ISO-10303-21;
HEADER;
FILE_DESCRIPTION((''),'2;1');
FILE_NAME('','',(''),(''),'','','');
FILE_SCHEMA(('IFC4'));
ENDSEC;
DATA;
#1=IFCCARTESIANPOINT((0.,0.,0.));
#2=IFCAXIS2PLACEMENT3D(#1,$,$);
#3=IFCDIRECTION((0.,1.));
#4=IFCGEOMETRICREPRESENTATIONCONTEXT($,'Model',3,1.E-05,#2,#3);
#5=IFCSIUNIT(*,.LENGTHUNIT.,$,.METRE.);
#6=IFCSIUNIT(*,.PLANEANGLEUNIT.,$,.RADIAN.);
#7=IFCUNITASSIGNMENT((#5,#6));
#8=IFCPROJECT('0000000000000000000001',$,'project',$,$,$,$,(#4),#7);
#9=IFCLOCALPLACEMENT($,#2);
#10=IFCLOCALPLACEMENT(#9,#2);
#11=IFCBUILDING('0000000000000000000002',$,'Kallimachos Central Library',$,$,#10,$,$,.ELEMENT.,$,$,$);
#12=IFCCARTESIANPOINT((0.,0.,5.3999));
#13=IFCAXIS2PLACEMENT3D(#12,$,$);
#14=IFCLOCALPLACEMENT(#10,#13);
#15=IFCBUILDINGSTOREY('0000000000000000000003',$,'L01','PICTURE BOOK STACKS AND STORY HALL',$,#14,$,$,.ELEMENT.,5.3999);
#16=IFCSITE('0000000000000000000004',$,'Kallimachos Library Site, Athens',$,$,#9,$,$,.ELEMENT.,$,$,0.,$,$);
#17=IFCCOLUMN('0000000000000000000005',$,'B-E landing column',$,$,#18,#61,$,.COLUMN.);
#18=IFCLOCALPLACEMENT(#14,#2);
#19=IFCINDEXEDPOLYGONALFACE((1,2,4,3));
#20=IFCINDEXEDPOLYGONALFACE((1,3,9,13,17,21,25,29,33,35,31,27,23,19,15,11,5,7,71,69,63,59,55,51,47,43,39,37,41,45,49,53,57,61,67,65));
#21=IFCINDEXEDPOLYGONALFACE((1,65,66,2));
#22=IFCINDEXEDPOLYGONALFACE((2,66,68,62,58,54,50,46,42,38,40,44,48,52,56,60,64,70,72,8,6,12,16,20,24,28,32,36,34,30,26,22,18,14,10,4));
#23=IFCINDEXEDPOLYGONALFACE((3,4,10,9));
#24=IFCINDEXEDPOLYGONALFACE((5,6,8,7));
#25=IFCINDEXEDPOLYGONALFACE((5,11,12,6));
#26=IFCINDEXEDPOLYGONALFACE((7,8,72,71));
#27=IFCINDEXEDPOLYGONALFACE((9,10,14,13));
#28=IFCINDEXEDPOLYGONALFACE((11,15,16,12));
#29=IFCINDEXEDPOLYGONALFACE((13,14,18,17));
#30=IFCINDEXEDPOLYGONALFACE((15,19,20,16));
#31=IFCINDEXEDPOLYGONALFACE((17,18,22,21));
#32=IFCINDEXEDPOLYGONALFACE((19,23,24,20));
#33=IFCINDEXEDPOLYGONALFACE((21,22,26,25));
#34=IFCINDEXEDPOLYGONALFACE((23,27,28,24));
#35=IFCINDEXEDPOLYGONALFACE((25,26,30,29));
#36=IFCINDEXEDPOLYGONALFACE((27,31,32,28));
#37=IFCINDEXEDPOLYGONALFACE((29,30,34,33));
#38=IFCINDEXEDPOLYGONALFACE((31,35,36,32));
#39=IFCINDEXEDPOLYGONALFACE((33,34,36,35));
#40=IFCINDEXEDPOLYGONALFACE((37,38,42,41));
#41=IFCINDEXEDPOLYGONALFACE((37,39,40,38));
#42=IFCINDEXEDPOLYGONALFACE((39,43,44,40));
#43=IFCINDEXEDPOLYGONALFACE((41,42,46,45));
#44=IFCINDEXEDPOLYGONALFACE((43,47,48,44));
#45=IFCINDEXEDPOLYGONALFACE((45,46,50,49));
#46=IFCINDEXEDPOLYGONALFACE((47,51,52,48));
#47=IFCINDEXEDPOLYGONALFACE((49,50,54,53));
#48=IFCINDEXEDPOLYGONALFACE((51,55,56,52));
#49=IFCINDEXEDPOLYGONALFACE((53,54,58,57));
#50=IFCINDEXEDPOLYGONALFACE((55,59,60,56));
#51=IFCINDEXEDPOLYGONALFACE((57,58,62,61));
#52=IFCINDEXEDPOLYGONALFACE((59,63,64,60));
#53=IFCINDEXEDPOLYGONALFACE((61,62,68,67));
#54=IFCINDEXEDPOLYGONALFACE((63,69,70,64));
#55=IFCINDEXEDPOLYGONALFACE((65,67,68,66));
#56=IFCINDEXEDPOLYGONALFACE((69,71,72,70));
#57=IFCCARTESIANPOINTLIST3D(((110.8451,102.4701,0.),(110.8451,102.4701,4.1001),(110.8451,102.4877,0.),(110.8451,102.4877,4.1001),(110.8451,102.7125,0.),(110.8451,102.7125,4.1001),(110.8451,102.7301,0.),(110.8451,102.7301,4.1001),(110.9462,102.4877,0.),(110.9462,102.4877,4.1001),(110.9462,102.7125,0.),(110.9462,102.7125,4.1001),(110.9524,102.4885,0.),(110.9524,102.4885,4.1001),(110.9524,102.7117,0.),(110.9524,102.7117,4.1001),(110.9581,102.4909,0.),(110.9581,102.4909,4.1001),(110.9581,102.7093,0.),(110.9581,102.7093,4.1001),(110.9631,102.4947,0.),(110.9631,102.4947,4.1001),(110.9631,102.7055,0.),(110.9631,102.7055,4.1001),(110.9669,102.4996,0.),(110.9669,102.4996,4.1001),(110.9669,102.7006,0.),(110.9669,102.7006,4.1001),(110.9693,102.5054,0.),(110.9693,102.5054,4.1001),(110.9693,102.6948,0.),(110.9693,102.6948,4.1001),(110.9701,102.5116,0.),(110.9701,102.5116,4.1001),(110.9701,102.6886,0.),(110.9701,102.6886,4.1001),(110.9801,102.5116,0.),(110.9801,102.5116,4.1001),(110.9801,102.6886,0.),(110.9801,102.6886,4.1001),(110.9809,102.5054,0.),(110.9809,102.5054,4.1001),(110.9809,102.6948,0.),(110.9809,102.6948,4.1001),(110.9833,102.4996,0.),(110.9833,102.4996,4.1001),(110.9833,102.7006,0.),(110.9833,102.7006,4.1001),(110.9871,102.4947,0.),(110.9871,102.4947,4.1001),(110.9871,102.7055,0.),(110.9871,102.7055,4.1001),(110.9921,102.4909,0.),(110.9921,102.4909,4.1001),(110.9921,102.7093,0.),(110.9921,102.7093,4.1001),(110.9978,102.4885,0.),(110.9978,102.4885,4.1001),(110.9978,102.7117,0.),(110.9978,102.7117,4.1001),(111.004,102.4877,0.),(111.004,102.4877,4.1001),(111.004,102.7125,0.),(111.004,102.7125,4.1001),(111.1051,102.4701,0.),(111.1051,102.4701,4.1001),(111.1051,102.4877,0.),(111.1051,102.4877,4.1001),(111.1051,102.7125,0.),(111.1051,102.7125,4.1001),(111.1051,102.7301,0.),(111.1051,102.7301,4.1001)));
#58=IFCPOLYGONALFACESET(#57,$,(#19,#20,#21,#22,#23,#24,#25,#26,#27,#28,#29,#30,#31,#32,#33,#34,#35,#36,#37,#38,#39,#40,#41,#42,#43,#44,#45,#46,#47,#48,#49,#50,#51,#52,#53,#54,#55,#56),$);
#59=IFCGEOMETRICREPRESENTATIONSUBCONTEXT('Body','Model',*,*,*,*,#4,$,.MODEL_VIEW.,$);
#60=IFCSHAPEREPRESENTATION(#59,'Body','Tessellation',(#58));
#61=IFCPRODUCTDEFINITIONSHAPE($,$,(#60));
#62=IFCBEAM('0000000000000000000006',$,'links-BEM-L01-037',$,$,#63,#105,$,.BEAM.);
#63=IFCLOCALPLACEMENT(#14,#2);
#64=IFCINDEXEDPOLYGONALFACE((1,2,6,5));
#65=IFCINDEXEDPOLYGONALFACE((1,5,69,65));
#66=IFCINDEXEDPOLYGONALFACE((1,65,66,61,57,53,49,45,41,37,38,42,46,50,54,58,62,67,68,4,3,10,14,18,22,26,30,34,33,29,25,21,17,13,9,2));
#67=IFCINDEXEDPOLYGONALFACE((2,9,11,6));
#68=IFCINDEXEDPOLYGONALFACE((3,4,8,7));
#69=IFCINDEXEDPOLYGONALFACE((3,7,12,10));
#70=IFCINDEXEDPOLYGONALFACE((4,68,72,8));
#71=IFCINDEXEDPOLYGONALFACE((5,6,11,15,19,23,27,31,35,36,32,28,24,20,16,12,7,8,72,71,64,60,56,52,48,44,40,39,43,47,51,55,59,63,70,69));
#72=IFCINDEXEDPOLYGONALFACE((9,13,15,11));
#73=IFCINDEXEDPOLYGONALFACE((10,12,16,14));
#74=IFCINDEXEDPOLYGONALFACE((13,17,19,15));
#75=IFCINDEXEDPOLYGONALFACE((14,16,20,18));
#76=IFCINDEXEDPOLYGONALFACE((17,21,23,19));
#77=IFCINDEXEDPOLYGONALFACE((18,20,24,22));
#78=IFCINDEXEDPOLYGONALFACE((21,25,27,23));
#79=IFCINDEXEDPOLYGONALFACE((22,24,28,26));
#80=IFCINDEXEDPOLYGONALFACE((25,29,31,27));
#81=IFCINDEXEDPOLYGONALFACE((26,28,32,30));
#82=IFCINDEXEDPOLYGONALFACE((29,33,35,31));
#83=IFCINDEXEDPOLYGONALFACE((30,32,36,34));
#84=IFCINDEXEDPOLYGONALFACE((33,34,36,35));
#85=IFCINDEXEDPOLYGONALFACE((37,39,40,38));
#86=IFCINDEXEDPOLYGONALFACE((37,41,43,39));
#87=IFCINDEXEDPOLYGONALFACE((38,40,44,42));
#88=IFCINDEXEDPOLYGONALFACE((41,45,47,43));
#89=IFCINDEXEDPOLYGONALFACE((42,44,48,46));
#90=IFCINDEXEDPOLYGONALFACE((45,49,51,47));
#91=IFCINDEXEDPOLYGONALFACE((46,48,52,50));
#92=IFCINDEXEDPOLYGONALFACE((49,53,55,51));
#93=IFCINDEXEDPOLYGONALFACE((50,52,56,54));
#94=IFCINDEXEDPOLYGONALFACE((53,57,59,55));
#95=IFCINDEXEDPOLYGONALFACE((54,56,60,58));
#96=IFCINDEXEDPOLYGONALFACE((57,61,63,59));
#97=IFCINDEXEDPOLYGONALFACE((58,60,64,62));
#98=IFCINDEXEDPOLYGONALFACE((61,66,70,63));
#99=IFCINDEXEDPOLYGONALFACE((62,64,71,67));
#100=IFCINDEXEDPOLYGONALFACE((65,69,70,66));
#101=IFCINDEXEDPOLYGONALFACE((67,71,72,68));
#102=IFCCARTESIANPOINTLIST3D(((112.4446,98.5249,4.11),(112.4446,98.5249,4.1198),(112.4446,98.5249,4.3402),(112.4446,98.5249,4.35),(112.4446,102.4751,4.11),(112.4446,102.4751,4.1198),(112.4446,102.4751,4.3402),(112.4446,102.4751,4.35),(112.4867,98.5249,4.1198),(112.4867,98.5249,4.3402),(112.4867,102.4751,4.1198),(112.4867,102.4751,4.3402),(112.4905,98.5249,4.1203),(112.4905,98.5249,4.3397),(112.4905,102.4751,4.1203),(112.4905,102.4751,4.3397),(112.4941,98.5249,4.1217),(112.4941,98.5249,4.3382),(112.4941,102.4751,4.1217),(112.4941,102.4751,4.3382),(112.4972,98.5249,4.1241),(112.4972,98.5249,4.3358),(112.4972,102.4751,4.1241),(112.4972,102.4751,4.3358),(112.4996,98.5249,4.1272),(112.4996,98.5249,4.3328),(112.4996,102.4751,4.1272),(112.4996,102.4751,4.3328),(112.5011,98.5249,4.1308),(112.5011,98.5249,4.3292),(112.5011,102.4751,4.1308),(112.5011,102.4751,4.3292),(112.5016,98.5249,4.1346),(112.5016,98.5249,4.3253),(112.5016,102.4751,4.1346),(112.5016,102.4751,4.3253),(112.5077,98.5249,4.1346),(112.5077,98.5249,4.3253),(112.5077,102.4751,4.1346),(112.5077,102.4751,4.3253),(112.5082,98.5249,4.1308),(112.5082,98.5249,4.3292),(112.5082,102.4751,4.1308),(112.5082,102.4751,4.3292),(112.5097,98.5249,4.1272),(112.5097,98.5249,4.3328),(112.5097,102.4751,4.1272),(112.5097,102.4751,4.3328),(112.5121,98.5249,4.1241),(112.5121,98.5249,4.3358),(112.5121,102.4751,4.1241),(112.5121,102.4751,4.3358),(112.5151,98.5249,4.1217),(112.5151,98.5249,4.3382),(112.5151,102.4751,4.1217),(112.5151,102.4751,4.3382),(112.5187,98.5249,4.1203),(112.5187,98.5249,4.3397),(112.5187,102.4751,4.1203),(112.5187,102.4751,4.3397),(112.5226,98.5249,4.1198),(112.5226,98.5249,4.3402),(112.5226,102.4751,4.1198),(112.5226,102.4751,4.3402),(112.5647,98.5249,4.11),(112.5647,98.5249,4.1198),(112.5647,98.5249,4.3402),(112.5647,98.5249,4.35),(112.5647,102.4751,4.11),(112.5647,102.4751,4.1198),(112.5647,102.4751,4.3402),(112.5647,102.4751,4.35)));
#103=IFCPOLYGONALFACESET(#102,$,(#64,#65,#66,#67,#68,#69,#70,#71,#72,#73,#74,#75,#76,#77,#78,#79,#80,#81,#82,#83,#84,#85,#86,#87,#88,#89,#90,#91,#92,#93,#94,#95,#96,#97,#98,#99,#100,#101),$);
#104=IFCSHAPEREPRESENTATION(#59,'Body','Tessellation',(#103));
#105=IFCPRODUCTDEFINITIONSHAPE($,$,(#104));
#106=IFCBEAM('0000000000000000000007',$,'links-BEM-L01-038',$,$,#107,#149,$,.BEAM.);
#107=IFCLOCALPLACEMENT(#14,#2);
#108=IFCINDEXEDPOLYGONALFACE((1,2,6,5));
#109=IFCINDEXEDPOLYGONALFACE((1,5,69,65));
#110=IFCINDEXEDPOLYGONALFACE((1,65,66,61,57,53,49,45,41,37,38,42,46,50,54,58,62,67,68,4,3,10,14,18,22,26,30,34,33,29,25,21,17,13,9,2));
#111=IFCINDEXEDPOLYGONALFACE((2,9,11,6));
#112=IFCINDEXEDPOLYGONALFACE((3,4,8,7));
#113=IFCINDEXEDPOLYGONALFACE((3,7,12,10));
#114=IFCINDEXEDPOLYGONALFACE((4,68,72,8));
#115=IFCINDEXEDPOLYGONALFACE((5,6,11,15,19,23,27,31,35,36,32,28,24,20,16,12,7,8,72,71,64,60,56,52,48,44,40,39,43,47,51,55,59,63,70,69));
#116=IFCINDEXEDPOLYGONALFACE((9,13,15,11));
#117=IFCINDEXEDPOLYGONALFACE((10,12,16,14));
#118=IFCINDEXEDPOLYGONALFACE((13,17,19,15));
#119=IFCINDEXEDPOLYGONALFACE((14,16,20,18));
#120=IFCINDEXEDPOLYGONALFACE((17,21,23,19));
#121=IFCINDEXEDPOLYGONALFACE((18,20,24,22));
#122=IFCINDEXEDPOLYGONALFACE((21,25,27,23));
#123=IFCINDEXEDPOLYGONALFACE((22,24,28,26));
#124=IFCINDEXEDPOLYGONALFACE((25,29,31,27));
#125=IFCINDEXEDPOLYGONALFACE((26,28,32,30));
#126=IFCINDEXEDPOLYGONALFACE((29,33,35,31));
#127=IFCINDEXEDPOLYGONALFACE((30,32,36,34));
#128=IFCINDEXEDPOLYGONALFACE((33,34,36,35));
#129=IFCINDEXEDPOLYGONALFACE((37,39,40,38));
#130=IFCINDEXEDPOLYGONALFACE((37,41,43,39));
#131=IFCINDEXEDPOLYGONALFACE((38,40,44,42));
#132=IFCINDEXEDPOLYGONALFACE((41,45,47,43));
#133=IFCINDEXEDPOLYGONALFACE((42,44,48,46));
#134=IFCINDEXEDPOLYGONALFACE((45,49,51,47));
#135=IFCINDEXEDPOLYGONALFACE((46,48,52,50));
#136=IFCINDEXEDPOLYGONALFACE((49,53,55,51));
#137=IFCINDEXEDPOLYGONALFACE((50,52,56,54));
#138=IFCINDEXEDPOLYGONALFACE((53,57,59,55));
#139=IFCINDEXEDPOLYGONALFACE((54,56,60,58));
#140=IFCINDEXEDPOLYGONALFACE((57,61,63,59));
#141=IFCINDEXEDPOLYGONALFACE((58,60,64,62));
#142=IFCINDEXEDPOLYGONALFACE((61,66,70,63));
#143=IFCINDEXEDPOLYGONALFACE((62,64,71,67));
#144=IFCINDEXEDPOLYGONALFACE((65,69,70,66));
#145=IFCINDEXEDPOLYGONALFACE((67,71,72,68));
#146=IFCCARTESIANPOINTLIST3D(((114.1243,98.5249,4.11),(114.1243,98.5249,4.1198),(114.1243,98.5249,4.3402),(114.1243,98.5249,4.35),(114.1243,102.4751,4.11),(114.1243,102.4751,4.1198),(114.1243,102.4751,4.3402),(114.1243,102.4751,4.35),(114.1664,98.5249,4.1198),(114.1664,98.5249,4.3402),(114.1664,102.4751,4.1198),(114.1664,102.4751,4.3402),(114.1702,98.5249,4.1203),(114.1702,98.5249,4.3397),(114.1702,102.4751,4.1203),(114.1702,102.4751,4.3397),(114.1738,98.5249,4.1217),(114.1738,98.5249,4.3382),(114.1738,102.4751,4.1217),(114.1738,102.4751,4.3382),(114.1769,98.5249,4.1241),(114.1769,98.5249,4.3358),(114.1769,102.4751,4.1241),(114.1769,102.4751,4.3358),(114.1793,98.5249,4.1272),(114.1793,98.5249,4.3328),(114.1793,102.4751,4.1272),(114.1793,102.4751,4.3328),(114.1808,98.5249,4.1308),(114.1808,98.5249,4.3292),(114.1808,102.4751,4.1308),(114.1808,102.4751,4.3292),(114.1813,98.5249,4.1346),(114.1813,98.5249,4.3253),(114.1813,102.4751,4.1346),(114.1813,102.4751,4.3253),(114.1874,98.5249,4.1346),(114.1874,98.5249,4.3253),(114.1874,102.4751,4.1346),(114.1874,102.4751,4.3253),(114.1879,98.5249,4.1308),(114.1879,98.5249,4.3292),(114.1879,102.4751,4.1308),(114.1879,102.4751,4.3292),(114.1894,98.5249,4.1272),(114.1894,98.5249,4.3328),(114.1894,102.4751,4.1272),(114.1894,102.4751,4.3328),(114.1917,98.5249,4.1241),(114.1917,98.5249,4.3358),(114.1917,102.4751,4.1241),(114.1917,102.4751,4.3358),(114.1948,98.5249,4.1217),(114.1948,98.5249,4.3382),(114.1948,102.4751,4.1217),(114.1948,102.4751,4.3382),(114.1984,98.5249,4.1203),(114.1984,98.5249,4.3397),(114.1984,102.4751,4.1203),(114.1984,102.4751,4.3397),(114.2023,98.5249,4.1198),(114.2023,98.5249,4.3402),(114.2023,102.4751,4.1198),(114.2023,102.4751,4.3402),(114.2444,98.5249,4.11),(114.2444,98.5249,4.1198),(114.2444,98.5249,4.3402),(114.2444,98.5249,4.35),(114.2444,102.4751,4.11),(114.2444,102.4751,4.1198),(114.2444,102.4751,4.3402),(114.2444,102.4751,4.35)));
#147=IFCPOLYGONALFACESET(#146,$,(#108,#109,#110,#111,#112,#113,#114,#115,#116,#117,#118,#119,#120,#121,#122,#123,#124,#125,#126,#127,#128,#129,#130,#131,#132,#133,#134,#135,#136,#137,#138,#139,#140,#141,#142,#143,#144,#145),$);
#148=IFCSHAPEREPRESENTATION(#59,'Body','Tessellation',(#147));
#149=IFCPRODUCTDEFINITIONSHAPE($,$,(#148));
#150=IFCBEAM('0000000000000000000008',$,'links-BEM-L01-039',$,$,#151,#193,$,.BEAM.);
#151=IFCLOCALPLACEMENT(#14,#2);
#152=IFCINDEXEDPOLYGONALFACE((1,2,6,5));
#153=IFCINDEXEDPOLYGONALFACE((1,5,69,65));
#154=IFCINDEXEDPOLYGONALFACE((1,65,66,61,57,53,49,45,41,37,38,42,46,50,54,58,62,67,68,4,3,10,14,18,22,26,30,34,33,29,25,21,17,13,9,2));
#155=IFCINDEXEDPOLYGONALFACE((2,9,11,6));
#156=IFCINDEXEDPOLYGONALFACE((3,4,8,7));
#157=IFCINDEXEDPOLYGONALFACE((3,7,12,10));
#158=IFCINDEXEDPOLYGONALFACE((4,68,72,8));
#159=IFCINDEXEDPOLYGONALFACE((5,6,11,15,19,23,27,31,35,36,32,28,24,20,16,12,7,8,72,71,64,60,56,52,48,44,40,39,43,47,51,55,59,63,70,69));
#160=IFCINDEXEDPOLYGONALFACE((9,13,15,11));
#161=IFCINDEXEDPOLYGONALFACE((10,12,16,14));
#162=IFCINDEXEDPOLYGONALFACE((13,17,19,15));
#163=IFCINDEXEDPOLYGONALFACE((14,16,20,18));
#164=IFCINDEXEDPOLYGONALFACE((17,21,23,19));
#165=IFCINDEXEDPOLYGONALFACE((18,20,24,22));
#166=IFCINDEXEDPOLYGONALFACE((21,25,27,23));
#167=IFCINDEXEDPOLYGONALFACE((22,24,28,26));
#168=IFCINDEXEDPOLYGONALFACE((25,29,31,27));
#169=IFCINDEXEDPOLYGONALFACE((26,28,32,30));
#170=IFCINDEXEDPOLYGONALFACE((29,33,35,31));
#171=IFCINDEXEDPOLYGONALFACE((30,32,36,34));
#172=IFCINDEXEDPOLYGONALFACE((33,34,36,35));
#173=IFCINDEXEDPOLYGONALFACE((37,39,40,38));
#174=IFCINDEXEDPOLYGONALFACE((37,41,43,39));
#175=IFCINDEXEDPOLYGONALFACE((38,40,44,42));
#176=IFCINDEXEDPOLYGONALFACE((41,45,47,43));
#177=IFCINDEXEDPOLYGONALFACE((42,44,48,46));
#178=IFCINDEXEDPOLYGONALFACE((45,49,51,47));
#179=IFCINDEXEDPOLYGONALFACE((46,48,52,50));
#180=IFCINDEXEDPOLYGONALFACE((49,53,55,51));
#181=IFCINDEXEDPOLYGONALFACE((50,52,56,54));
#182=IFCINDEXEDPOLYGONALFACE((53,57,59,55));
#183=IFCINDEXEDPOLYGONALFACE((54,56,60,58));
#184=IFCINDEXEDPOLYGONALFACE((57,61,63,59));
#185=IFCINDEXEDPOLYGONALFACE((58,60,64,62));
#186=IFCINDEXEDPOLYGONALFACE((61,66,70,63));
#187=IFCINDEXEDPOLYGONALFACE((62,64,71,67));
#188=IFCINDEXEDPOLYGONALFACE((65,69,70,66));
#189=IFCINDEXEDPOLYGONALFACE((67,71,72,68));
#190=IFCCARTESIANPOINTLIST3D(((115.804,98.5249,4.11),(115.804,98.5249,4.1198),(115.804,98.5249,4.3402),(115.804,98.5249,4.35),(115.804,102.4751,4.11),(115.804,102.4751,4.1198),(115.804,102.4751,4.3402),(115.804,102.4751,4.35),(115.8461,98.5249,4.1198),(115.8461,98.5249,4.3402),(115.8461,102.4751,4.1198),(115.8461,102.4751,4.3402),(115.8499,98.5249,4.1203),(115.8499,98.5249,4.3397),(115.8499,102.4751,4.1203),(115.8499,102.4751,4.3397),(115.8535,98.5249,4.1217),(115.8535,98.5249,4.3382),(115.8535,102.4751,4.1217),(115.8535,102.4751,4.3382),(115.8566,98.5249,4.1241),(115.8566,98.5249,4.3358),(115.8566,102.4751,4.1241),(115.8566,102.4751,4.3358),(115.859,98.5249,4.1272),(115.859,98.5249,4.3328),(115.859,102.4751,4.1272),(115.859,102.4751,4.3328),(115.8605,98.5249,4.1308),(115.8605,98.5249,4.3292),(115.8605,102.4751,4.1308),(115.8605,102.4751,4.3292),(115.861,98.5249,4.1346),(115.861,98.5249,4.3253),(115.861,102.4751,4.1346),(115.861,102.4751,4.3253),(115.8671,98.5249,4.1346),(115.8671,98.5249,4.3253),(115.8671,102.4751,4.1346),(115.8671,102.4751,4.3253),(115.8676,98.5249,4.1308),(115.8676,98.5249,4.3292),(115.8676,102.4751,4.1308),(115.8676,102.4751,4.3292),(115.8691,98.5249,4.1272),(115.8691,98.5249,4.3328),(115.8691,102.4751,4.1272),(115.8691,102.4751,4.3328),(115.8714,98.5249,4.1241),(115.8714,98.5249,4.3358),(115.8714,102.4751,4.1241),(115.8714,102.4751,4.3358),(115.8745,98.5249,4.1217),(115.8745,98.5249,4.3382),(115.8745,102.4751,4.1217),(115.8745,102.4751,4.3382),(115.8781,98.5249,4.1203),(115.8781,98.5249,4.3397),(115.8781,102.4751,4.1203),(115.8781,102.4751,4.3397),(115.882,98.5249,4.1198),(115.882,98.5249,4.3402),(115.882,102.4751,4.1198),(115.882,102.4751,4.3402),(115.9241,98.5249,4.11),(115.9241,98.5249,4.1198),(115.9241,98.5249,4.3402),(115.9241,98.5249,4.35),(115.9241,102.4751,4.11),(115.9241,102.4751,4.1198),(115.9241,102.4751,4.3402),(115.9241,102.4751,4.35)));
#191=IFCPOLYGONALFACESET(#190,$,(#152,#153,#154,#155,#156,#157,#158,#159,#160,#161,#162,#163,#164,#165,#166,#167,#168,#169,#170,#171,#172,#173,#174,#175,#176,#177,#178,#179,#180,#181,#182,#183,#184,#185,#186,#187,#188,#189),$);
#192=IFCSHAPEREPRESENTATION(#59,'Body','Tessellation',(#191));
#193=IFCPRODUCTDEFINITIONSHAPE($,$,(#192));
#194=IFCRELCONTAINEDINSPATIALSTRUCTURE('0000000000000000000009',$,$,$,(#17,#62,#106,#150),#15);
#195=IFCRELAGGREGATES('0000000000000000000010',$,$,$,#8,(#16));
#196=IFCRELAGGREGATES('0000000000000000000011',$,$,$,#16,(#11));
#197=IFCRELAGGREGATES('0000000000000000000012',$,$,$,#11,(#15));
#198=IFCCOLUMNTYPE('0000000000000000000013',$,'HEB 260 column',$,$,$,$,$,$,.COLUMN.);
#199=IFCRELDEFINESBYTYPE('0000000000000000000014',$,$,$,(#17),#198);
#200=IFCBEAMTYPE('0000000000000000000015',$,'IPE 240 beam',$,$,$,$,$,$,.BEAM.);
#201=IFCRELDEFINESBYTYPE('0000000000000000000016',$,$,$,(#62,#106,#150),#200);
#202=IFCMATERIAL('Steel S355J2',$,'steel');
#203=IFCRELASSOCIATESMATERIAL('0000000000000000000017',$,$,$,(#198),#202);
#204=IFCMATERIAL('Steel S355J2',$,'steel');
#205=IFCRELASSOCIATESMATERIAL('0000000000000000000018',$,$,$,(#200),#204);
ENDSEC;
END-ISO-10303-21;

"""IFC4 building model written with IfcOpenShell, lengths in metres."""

from ifc_helpers import new_model, si_unit, direction, frame, origin, origin_2d, place, context, subcontext, project, spatial, i_section, extrude, material, material_profile, profile_set, type_object, element, save


model = new_model("IFC4")

# Units and contexts
model_context = context("Model", 3, precision=1e-05, world=origin(), true_north=direction((0.0, 1.0)))
body_context = subcontext(model_context, "Body", "Model", "MODEL_VIEW")
ifc_project = project(units=[si_unit("LENGTHUNIT", "METRE"), si_unit("PLANEANGLEUNIT", "RADIAN")], contexts=[model_context])

# Site, building, storey
site_placement = place(None, origin())
site = spatial("IfcSite", under=ifc_project, at=site_placement, Name="Kallimachos Library Site, Athens", CompositionType="ELEMENT", RefElevation=0.0)
building_placement = place(site_placement, origin())
building = spatial("IfcBuilding", under=site, at=building_placement, Name="Kallimachos Central Library", CompositionType="ELEMENT")
storey_placement = place(building_placement, frame((0.0, 0.0, 5.3999)))
storey = spatial("IfcBuildingStorey", under=building, at=storey_placement, Name="L01", Description="PICTURE BOOK STACKS AND STORY HALL", CompositionType="ELEMENT", Elevation=5.3999)

# Column
ifc_material_1 = material(Name="Steel S355J2", Category="steel")
ifc_material_profile_1 = material_profile(ifc_material_1, i_section(OverallWidth=0.26, OverallDepth=0.26, WebThickness=0.01, FlangeThickness=0.0176, FilletRadius=0.0239, at=origin_2d()), Name="HEB 260")
ifc_profile_set_1 = profile_set([ifc_material_profile_1], Name="Steel S355J2")
column_type = type_object("IfcColumnType", Name="HEB 260 column", PredefinedType="COLUMN", material=ifc_profile_set_1)
column_placement = place(storey_placement, frame((110.9751, 102.6001, 0.0), z_axis=(0.0, 0.0, 1.0), x_axis=(1.0, 0.0, 0.0)))
element("IfcColumn", 1, at=column_placement, inside=storey, type_object=column_type, Name="B-E landing column", PredefinedType="COLUMN", context=body_context, shape_type="SweptSolid", body=[
    extrude(i_section(OverallWidth=0.26, OverallDepth=0.26, WebThickness=0.01, FlangeThickness=0.0176, FilletRadius=0.0239, at=origin_2d()), origin(), (0.0, 0.0, 1.0), 4.1001),
])

# Beams
ifc_material_2 = material(Name="Steel S355J2", Category="steel")
ifc_material_profile_2 = material_profile(ifc_material_2, i_section(OverallWidth=0.1201, OverallDepth=0.24, WebThickness=0.0061, FlangeThickness=0.0098, FilletRadius=0.0149, at=origin_2d()), Name="IPE 240")
ifc_profile_set_2 = profile_set([ifc_material_profile_2], Name="Steel S355J2")
beam_type = type_object("IfcBeamType", Name="IPE 240 beam", PredefinedType="BEAM", material=ifc_profile_set_2)
for number, where, z_axis, x_axis, name in (
    (2, (112.5046, 98.5249, 4.23), (0.0, 1.0, 0.0), (-1.0, 0.0, 0.0), "links-BEM-L01-037"),
    (3, (114.1843, 98.5249, 4.23), (0.0, 1.0, 0.0), (-1.0, 0.0, 0.0), "links-BEM-L01-038"),
    (4, (115.864, 98.5249, 4.23), (0.0, 1.0, 0.0), (-1.0, 0.0, 0.0), "links-BEM-L01-039"),
):
    element("IfcBeam", number, at=place(storey_placement, frame(where, z_axis=z_axis, x_axis=x_axis)), inside=storey, type_object=beam_type, Name=name, PredefinedType="BEAM", context=body_context, shape_type="SweptSolid", body=[
        extrude(i_section(OverallWidth=0.1201, OverallDepth=0.24, WebThickness=0.0061, FlangeThickness=0.0098, FilletRadius=0.0149, at=origin_2d()), origin(), (0.0, 0.0, 1.0), 3.9502),
    ])

save(model, "model.ifc")
